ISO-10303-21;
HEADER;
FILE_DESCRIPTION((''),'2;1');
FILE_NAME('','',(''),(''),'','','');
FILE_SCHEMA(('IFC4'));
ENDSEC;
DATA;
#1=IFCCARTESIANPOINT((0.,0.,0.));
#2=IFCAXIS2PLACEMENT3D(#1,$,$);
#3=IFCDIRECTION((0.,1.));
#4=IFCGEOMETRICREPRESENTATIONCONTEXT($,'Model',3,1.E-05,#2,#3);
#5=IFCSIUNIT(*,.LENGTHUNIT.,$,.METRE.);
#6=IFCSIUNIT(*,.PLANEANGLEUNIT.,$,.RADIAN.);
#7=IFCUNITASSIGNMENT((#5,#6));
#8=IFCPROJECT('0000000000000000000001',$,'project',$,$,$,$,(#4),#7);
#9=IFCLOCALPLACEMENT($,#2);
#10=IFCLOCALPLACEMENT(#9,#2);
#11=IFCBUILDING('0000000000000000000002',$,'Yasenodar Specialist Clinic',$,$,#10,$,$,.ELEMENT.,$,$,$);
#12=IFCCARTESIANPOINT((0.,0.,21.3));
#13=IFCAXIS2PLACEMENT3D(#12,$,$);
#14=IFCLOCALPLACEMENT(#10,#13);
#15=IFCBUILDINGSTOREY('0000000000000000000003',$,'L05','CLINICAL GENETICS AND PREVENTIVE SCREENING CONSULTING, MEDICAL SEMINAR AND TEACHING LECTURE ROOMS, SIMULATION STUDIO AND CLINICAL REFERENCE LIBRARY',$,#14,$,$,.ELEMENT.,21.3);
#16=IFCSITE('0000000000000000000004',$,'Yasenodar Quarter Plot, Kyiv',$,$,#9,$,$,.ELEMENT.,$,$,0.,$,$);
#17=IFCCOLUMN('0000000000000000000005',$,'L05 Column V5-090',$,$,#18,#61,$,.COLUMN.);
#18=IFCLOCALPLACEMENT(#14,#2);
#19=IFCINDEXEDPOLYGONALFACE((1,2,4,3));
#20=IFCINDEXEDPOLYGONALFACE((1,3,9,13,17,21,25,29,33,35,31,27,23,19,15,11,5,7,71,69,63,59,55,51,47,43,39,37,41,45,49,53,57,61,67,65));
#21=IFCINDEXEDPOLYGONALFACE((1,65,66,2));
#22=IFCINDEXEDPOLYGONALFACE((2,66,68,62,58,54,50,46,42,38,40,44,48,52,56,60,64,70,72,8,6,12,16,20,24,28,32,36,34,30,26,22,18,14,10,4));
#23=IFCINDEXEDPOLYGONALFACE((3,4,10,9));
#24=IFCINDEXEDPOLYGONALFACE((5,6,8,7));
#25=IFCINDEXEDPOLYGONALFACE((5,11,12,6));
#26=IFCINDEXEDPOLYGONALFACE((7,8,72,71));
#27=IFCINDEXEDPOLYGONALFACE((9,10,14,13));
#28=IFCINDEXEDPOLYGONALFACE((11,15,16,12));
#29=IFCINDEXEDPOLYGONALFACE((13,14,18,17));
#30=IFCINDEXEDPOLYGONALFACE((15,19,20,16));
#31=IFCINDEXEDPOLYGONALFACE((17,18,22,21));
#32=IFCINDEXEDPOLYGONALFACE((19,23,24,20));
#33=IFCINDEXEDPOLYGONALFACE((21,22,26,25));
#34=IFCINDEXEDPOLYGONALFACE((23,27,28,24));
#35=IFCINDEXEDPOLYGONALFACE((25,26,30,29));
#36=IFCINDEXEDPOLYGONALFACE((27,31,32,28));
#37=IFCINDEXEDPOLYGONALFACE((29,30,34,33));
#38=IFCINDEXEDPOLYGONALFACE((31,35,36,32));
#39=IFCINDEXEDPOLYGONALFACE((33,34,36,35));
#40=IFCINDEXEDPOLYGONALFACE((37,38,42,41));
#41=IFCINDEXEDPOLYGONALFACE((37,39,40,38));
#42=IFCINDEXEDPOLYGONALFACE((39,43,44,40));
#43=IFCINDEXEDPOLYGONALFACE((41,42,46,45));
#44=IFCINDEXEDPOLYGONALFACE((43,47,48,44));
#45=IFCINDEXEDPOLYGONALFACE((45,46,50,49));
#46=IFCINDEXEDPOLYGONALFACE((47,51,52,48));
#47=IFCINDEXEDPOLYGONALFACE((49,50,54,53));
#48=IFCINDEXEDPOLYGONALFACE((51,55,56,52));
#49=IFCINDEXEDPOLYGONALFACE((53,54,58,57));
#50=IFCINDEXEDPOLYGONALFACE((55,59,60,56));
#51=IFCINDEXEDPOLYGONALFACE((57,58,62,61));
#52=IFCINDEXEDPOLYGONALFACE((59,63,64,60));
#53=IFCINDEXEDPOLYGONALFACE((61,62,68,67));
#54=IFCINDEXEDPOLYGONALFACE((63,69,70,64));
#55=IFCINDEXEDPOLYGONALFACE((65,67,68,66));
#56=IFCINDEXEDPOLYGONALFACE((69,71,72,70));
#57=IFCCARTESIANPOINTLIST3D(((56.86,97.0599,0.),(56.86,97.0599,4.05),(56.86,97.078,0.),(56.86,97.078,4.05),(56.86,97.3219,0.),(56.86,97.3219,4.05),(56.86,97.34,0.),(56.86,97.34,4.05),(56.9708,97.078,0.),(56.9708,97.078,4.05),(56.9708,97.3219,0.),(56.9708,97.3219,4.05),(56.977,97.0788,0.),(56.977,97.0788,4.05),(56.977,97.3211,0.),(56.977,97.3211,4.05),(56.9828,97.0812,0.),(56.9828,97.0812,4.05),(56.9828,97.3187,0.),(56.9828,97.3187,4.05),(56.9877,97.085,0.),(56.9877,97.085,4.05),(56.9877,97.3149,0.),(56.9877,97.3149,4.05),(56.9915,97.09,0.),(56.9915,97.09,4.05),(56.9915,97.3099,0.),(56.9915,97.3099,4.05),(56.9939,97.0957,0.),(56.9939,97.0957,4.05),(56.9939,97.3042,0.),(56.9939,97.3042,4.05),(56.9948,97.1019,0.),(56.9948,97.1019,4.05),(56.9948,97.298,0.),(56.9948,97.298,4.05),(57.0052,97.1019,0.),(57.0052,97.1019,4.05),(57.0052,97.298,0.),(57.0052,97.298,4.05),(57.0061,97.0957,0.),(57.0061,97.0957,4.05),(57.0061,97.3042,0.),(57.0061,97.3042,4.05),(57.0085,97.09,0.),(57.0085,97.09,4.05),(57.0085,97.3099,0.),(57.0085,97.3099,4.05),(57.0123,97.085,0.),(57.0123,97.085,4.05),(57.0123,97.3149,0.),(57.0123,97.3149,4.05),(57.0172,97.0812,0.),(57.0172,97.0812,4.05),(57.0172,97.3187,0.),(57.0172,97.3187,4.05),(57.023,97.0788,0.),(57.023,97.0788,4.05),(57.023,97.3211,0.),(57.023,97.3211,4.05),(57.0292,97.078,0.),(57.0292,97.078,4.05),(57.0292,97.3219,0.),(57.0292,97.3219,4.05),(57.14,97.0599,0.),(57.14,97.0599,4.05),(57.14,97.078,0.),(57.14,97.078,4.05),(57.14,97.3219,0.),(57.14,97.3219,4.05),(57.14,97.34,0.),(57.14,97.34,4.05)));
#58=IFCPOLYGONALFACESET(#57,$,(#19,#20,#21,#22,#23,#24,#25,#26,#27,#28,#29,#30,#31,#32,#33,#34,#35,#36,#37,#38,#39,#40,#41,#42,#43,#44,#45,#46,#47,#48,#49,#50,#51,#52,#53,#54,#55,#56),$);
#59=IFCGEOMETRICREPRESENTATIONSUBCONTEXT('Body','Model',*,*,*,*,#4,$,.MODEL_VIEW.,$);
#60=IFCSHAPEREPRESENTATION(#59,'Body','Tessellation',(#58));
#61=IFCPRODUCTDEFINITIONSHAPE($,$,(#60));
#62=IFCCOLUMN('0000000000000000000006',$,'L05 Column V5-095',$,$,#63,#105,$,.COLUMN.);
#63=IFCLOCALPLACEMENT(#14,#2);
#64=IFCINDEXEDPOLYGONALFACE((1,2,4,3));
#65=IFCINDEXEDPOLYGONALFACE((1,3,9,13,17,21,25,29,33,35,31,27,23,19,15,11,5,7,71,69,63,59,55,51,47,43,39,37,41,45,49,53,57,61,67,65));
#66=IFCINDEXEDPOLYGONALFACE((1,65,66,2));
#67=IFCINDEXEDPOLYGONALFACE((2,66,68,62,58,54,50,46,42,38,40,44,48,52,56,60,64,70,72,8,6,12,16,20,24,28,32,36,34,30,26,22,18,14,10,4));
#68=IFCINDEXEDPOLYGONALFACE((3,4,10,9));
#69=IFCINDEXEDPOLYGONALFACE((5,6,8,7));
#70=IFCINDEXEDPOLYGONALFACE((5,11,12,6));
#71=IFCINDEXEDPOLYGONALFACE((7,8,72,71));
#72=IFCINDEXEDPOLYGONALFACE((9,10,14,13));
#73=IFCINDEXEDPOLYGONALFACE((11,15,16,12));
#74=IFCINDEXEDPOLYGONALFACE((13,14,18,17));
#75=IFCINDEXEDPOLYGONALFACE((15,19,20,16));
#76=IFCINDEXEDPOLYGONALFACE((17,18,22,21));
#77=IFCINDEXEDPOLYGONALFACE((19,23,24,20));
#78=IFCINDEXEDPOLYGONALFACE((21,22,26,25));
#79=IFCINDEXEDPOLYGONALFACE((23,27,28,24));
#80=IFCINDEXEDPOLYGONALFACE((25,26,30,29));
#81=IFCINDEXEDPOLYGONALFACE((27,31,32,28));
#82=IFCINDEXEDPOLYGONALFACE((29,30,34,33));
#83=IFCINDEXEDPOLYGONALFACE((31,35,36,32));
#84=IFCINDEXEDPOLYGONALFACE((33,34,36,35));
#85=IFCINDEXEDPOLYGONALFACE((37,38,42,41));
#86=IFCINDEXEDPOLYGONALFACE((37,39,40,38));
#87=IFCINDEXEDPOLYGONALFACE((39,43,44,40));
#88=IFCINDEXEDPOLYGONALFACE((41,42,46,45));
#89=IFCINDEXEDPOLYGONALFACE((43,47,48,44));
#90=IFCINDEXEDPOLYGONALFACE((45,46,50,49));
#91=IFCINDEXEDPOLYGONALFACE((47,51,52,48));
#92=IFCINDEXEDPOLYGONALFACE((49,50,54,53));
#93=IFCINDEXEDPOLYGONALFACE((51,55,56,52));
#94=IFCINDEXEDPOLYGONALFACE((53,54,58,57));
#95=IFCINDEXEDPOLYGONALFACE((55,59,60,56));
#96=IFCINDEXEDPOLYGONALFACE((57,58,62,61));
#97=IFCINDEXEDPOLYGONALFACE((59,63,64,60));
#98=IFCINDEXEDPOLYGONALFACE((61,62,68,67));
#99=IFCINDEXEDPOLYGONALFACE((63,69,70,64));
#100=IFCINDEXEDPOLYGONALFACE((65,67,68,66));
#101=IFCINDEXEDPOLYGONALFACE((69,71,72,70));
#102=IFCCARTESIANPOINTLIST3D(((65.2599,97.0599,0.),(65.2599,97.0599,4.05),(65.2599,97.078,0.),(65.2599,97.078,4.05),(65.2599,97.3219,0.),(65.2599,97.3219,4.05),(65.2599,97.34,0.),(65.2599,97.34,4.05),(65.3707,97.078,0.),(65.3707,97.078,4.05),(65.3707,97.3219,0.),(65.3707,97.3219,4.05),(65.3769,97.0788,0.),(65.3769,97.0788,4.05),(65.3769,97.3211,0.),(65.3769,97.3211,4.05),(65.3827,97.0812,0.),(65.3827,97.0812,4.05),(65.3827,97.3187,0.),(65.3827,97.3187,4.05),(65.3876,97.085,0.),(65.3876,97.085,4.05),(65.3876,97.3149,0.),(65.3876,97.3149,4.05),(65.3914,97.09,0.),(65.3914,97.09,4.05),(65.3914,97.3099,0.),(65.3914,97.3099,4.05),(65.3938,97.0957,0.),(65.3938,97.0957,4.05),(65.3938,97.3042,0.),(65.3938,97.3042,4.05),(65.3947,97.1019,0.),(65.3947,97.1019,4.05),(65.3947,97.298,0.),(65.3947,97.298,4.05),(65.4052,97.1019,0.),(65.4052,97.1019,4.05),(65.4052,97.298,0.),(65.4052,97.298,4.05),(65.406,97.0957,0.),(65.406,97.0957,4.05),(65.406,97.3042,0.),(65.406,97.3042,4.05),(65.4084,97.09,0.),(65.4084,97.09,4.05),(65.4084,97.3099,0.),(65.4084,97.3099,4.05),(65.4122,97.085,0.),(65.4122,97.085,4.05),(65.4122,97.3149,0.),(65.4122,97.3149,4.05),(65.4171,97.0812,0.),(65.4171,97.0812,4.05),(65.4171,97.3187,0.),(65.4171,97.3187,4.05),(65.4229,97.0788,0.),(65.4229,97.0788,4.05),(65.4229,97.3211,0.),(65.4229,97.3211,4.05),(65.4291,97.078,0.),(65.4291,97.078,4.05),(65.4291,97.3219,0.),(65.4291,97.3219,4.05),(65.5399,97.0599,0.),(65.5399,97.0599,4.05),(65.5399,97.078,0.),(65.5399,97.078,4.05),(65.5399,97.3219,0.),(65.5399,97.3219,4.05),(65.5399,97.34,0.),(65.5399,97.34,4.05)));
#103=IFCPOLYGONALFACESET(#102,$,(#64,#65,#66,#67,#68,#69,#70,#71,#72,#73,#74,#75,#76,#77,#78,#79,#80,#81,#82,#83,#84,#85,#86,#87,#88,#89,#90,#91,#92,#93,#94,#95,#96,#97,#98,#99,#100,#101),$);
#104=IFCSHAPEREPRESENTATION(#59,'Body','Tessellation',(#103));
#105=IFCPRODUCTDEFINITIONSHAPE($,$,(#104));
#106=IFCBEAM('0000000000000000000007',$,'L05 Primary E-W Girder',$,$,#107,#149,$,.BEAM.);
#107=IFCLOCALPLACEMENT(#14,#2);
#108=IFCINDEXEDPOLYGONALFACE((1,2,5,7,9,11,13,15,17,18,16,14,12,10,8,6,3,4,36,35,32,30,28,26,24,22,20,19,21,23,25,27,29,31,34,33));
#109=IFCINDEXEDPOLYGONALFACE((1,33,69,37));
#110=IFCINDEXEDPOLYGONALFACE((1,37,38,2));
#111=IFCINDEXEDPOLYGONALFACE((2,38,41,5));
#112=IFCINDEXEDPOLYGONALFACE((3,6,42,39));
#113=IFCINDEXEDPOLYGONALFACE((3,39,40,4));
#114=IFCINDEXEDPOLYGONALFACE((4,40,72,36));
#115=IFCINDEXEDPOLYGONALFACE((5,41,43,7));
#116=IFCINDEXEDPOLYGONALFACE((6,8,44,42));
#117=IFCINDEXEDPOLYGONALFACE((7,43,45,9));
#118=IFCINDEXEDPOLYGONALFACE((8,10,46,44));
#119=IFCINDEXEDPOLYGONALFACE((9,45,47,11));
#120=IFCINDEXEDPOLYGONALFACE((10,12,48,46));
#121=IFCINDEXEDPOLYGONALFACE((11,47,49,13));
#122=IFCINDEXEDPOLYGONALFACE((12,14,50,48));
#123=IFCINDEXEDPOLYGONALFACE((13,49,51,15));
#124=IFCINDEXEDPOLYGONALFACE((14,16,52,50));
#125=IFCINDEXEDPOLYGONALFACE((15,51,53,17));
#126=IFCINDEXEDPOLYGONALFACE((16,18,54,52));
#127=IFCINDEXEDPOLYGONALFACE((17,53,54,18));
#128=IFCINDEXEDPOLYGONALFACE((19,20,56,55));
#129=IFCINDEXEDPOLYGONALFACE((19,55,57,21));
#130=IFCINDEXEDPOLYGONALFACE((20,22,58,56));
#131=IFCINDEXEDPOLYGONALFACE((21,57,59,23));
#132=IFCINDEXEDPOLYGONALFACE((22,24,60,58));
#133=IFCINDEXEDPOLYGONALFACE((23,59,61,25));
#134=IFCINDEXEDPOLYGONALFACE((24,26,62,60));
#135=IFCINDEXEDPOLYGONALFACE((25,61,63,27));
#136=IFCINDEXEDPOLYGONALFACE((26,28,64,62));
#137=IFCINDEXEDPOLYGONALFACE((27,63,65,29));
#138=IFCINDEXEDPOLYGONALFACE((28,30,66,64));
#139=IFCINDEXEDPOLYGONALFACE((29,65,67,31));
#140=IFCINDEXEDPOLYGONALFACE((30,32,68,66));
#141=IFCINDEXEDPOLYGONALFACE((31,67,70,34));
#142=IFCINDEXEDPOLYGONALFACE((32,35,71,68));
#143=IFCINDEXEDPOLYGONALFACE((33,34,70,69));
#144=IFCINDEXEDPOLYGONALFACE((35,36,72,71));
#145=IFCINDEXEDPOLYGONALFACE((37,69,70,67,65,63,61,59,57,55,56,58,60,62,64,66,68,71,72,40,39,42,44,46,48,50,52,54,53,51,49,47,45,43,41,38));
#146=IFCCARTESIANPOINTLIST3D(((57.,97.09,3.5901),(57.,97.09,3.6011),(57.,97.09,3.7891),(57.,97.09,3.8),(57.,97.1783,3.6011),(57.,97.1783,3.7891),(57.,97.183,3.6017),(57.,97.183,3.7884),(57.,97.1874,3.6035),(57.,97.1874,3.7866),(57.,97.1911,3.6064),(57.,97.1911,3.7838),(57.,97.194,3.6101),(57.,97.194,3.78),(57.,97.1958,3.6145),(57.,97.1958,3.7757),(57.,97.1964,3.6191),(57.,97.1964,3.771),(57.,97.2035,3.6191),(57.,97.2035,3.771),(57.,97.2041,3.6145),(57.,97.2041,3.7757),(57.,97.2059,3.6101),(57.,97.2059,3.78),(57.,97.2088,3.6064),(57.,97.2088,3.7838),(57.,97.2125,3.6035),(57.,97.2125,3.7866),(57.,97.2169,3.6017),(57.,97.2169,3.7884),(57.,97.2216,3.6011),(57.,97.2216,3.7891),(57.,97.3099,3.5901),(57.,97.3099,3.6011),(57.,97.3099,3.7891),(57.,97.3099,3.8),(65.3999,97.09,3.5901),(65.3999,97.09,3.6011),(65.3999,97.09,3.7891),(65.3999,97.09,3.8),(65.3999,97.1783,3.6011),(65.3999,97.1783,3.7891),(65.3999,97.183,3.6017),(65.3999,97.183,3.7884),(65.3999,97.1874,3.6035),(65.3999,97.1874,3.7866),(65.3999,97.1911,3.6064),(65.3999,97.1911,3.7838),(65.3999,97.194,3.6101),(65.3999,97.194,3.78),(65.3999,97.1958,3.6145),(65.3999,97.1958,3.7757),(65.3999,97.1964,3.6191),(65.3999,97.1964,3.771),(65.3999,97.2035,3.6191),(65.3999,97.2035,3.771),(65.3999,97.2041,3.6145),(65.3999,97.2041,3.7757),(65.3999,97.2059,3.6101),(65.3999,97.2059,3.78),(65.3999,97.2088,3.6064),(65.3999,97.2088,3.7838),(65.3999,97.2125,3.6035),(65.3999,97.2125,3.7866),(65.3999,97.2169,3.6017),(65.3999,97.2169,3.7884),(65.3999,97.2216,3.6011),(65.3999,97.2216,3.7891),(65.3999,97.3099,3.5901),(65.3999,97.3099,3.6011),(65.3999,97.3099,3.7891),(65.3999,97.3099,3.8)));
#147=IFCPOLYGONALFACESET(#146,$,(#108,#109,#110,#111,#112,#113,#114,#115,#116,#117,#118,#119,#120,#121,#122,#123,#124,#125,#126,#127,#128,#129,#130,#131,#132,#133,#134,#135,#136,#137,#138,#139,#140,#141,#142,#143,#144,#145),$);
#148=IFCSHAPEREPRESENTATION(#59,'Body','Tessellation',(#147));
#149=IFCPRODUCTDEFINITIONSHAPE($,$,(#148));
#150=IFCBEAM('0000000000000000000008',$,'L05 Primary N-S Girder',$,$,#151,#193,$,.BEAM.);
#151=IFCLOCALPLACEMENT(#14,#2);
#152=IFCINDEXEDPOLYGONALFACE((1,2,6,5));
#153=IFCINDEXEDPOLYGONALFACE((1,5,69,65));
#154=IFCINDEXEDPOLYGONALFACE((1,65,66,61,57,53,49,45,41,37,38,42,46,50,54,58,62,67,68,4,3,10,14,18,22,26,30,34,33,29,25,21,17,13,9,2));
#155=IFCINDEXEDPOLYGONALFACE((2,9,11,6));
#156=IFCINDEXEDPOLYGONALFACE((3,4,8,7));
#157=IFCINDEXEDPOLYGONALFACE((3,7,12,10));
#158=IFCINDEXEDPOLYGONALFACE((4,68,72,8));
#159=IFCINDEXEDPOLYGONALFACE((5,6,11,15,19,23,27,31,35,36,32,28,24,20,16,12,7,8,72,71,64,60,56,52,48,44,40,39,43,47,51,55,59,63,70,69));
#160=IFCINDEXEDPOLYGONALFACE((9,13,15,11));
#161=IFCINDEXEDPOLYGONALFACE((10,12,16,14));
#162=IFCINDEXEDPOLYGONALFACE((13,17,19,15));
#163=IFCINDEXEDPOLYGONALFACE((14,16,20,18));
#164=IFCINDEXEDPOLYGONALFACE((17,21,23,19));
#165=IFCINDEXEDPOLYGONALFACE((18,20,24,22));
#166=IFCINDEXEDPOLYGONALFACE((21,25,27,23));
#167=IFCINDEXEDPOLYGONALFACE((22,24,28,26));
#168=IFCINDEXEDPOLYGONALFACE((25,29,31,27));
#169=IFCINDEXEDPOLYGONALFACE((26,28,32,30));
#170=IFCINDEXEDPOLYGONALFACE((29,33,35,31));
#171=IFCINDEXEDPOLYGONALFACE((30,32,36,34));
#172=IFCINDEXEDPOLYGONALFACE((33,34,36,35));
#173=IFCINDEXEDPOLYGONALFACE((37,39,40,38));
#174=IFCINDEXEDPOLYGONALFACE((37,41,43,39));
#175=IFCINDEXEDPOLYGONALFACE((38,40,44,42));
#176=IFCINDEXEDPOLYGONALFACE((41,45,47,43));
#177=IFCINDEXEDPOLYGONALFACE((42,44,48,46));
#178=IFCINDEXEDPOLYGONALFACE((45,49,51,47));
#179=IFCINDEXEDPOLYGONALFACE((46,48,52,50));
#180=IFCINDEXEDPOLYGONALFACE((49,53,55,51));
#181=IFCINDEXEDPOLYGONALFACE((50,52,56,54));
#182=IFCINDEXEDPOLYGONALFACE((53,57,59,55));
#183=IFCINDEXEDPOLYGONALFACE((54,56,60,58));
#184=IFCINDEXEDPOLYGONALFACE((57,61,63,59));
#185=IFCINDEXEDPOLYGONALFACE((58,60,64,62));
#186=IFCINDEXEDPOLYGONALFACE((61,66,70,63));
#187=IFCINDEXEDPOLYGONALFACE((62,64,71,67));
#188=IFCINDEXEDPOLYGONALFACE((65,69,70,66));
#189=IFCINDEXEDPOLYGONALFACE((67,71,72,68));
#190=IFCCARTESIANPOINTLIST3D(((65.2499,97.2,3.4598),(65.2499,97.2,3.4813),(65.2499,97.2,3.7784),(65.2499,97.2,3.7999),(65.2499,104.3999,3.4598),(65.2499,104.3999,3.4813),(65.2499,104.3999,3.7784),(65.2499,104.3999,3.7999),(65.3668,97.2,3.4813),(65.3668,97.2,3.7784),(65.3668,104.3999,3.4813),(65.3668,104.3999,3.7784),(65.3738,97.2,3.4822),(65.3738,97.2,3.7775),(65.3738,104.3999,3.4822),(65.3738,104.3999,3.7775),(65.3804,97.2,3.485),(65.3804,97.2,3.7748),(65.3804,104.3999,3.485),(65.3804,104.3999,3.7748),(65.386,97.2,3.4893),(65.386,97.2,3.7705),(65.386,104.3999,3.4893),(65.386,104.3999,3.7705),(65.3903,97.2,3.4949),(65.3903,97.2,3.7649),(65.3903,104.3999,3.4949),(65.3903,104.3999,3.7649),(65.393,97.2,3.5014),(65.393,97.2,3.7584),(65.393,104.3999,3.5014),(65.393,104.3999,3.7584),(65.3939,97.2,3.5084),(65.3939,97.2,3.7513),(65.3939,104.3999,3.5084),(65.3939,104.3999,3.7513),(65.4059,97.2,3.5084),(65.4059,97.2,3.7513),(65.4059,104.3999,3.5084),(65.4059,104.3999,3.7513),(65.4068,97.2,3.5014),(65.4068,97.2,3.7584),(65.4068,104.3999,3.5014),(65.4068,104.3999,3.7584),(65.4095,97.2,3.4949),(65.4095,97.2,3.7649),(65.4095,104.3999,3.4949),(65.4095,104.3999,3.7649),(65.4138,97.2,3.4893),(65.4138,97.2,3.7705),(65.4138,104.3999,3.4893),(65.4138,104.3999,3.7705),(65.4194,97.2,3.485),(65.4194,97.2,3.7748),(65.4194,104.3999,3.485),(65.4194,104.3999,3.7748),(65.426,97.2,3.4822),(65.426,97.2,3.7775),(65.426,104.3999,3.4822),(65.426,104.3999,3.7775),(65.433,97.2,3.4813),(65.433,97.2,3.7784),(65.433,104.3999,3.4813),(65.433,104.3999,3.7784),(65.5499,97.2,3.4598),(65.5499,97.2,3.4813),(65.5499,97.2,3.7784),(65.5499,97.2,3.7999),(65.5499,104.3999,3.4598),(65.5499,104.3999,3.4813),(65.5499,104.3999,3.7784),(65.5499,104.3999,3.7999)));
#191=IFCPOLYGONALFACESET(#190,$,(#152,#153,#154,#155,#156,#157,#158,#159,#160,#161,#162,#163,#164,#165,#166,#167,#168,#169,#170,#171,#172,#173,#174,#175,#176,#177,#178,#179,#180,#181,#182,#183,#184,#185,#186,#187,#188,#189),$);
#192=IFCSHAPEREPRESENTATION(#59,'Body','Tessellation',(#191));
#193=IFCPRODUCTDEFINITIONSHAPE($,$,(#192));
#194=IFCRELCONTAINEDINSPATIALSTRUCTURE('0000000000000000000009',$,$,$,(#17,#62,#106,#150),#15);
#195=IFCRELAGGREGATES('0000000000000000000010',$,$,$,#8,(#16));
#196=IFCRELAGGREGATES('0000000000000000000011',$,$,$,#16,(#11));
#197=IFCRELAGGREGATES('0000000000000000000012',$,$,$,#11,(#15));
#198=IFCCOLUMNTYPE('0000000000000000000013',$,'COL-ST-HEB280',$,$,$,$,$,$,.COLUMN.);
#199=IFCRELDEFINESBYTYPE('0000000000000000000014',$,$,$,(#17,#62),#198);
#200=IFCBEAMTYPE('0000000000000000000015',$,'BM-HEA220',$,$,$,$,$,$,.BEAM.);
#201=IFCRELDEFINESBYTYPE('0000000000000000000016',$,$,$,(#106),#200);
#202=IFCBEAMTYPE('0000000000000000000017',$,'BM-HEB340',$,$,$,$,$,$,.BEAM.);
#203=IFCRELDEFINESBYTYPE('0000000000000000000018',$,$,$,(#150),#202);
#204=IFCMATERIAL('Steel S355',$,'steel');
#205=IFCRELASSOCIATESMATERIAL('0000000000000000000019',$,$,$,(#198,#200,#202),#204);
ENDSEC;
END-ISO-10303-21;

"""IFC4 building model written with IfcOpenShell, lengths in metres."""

from ifc_helpers import new_model, si_unit, direction, frame, origin, origin_2d, place, context, subcontext, project, spatial, i_section, extrude, material, material_profile, profile_set, type_object, element, save


model = new_model("IFC4")

# Units and contexts
model_context = context("Model", 3, precision=1e-05, world=origin(), true_north=direction((0.0, 1.0)))
body_context = subcontext(model_context, "Body", "Model", "MODEL_VIEW")
ifc_project = project(units=[si_unit("LENGTHUNIT", "METRE"), si_unit("PLANEANGLEUNIT", "RADIAN")], contexts=[model_context])

# Site, building, storey
site_placement = place(None, origin())
site = spatial("IfcSite", under=ifc_project, at=site_placement, Name="Yasenodar Quarter Plot, Kyiv", CompositionType="ELEMENT", RefElevation=0.0)
building_placement = place(site_placement, origin())
building = spatial("IfcBuilding", under=site, at=building_placement, Name="Yasenodar Specialist Clinic", CompositionType="ELEMENT")
storey_placement = place(building_placement, frame((0.0, 0.0, 21.3)))
storey = spatial("IfcBuildingStorey", under=building, at=storey_placement, Name="L05", Description="CLINICAL GENETICS AND PREVENTIVE SCREENING CONSULTING, MEDICAL SEMINAR AND TEACHING LECTURE ROOMS, SIMULATION STUDIO AND CLINICAL REFERENCE LIBRARY", CompositionType="ELEMENT", Elevation=21.3)

# Columns
ifc_material_1 = material(Name="Steel S355", Category="steel")
ifc_material_profile_1 = material_profile(ifc_material_1, i_section(OverallWidth=0.28, OverallDepth=0.28, WebThickness=0.0105, FlangeThickness=0.0181, FilletRadius=0.0239, at=origin_2d()), Name="HEB 280")
ifc_profile_set_1 = profile_set([ifc_material_profile_1], Name="Steel S355")
column_type = type_object("IfcColumnType", Name="COL-ST-HEB280", PredefinedType="COLUMN", material=ifc_profile_set_1)
for number, where, z_axis, x_axis, name in (
    (1, (57.0, 97.2, 0.0), (0.0, 0.0, 1.0), (1.0, 0.0, 0.0), "L05 Column V5-090"),
    (2, (65.3999, 97.2, 0.0), (0.0, 0.0, 1.0), (1.0, 0.0, 0.0), "L05 Column V5-095"),
):
    element("IfcColumn", number, at=place(storey_placement, frame(where, z_axis=z_axis, x_axis=x_axis)), inside=storey, type_object=column_type, Name=name, PredefinedType="COLUMN", context=body_context, shape_type="SweptSolid", body=[
        extrude(i_section(OverallWidth=0.28, OverallDepth=0.28, WebThickness=0.0105, FlangeThickness=0.0181, FilletRadius=0.0239, at=origin_2d()), origin(), (0.0, 0.0, 1.0), 4.05),
    ])

# Beams
ifc_material_profile_2 = material_profile(ifc_material_1, i_section(OverallWidth=0.22, OverallDepth=0.21, WebThickness=0.0071, FlangeThickness=0.011, FilletRadius=0.0181, at=origin_2d()), Name="HEA 220")
ifc_profile_set_2 = profile_set([ifc_material_profile_2], Name="Steel S355")
beam_type_1 = type_object("IfcBeamType", Name="BM-HEA220", PredefinedType="BEAM", material=ifc_profile_set_2)
beam_1_placement = place(storey_placement, frame((57.0, 97.2, 3.6951), z_axis=(1.0, 0.0, 0.0), x_axis=(0.0, 1.0, 0.0)))
element("IfcBeam", 3, at=beam_1_placement, inside=storey, type_object=beam_type_1, Name="L05 Primary E-W Girder", PredefinedType="BEAM", context=body_context, shape_type="SweptSolid", body=[
    extrude(i_section(OverallWidth=0.22, OverallDepth=0.21, WebThickness=0.0071, FlangeThickness=0.011, FilletRadius=0.0181, at=origin_2d()), origin(), (0.0, 0.0, 1.0), 8.3999),
])
ifc_material_profile_3 = material_profile(ifc_material_1, i_section(OverallWidth=0.3, OverallDepth=0.3401, WebThickness=0.012, FlangeThickness=0.0215, FilletRadius=0.0271, at=origin_2d()), Name="HEB 340")
ifc_profile_set_3 = profile_set([ifc_material_profile_3], Name="Steel S355")
beam_type_2 = type_object("IfcBeamType", Name="BM-HEB340", PredefinedType="BEAM", material=ifc_profile_set_3)
beam_2_placement = place(storey_placement, frame((65.3999, 97.2, 3.6299), z_axis=(0.0, 1.0, 0.0), x_axis=(-1.0, 0.0, 0.0)))
element("IfcBeam", 4, at=beam_2_placement, inside=storey, type_object=beam_type_2, Name="L05 Primary N-S Girder", PredefinedType="BEAM", context=body_context, shape_type="SweptSolid", body=[
    extrude(i_section(OverallWidth=0.3, OverallDepth=0.3401, WebThickness=0.012, FlangeThickness=0.0215, FilletRadius=0.0271, at=origin_2d()), origin(), (0.0, 0.0, 1.0), 7.2),
])

save(model, "model.ifc")
